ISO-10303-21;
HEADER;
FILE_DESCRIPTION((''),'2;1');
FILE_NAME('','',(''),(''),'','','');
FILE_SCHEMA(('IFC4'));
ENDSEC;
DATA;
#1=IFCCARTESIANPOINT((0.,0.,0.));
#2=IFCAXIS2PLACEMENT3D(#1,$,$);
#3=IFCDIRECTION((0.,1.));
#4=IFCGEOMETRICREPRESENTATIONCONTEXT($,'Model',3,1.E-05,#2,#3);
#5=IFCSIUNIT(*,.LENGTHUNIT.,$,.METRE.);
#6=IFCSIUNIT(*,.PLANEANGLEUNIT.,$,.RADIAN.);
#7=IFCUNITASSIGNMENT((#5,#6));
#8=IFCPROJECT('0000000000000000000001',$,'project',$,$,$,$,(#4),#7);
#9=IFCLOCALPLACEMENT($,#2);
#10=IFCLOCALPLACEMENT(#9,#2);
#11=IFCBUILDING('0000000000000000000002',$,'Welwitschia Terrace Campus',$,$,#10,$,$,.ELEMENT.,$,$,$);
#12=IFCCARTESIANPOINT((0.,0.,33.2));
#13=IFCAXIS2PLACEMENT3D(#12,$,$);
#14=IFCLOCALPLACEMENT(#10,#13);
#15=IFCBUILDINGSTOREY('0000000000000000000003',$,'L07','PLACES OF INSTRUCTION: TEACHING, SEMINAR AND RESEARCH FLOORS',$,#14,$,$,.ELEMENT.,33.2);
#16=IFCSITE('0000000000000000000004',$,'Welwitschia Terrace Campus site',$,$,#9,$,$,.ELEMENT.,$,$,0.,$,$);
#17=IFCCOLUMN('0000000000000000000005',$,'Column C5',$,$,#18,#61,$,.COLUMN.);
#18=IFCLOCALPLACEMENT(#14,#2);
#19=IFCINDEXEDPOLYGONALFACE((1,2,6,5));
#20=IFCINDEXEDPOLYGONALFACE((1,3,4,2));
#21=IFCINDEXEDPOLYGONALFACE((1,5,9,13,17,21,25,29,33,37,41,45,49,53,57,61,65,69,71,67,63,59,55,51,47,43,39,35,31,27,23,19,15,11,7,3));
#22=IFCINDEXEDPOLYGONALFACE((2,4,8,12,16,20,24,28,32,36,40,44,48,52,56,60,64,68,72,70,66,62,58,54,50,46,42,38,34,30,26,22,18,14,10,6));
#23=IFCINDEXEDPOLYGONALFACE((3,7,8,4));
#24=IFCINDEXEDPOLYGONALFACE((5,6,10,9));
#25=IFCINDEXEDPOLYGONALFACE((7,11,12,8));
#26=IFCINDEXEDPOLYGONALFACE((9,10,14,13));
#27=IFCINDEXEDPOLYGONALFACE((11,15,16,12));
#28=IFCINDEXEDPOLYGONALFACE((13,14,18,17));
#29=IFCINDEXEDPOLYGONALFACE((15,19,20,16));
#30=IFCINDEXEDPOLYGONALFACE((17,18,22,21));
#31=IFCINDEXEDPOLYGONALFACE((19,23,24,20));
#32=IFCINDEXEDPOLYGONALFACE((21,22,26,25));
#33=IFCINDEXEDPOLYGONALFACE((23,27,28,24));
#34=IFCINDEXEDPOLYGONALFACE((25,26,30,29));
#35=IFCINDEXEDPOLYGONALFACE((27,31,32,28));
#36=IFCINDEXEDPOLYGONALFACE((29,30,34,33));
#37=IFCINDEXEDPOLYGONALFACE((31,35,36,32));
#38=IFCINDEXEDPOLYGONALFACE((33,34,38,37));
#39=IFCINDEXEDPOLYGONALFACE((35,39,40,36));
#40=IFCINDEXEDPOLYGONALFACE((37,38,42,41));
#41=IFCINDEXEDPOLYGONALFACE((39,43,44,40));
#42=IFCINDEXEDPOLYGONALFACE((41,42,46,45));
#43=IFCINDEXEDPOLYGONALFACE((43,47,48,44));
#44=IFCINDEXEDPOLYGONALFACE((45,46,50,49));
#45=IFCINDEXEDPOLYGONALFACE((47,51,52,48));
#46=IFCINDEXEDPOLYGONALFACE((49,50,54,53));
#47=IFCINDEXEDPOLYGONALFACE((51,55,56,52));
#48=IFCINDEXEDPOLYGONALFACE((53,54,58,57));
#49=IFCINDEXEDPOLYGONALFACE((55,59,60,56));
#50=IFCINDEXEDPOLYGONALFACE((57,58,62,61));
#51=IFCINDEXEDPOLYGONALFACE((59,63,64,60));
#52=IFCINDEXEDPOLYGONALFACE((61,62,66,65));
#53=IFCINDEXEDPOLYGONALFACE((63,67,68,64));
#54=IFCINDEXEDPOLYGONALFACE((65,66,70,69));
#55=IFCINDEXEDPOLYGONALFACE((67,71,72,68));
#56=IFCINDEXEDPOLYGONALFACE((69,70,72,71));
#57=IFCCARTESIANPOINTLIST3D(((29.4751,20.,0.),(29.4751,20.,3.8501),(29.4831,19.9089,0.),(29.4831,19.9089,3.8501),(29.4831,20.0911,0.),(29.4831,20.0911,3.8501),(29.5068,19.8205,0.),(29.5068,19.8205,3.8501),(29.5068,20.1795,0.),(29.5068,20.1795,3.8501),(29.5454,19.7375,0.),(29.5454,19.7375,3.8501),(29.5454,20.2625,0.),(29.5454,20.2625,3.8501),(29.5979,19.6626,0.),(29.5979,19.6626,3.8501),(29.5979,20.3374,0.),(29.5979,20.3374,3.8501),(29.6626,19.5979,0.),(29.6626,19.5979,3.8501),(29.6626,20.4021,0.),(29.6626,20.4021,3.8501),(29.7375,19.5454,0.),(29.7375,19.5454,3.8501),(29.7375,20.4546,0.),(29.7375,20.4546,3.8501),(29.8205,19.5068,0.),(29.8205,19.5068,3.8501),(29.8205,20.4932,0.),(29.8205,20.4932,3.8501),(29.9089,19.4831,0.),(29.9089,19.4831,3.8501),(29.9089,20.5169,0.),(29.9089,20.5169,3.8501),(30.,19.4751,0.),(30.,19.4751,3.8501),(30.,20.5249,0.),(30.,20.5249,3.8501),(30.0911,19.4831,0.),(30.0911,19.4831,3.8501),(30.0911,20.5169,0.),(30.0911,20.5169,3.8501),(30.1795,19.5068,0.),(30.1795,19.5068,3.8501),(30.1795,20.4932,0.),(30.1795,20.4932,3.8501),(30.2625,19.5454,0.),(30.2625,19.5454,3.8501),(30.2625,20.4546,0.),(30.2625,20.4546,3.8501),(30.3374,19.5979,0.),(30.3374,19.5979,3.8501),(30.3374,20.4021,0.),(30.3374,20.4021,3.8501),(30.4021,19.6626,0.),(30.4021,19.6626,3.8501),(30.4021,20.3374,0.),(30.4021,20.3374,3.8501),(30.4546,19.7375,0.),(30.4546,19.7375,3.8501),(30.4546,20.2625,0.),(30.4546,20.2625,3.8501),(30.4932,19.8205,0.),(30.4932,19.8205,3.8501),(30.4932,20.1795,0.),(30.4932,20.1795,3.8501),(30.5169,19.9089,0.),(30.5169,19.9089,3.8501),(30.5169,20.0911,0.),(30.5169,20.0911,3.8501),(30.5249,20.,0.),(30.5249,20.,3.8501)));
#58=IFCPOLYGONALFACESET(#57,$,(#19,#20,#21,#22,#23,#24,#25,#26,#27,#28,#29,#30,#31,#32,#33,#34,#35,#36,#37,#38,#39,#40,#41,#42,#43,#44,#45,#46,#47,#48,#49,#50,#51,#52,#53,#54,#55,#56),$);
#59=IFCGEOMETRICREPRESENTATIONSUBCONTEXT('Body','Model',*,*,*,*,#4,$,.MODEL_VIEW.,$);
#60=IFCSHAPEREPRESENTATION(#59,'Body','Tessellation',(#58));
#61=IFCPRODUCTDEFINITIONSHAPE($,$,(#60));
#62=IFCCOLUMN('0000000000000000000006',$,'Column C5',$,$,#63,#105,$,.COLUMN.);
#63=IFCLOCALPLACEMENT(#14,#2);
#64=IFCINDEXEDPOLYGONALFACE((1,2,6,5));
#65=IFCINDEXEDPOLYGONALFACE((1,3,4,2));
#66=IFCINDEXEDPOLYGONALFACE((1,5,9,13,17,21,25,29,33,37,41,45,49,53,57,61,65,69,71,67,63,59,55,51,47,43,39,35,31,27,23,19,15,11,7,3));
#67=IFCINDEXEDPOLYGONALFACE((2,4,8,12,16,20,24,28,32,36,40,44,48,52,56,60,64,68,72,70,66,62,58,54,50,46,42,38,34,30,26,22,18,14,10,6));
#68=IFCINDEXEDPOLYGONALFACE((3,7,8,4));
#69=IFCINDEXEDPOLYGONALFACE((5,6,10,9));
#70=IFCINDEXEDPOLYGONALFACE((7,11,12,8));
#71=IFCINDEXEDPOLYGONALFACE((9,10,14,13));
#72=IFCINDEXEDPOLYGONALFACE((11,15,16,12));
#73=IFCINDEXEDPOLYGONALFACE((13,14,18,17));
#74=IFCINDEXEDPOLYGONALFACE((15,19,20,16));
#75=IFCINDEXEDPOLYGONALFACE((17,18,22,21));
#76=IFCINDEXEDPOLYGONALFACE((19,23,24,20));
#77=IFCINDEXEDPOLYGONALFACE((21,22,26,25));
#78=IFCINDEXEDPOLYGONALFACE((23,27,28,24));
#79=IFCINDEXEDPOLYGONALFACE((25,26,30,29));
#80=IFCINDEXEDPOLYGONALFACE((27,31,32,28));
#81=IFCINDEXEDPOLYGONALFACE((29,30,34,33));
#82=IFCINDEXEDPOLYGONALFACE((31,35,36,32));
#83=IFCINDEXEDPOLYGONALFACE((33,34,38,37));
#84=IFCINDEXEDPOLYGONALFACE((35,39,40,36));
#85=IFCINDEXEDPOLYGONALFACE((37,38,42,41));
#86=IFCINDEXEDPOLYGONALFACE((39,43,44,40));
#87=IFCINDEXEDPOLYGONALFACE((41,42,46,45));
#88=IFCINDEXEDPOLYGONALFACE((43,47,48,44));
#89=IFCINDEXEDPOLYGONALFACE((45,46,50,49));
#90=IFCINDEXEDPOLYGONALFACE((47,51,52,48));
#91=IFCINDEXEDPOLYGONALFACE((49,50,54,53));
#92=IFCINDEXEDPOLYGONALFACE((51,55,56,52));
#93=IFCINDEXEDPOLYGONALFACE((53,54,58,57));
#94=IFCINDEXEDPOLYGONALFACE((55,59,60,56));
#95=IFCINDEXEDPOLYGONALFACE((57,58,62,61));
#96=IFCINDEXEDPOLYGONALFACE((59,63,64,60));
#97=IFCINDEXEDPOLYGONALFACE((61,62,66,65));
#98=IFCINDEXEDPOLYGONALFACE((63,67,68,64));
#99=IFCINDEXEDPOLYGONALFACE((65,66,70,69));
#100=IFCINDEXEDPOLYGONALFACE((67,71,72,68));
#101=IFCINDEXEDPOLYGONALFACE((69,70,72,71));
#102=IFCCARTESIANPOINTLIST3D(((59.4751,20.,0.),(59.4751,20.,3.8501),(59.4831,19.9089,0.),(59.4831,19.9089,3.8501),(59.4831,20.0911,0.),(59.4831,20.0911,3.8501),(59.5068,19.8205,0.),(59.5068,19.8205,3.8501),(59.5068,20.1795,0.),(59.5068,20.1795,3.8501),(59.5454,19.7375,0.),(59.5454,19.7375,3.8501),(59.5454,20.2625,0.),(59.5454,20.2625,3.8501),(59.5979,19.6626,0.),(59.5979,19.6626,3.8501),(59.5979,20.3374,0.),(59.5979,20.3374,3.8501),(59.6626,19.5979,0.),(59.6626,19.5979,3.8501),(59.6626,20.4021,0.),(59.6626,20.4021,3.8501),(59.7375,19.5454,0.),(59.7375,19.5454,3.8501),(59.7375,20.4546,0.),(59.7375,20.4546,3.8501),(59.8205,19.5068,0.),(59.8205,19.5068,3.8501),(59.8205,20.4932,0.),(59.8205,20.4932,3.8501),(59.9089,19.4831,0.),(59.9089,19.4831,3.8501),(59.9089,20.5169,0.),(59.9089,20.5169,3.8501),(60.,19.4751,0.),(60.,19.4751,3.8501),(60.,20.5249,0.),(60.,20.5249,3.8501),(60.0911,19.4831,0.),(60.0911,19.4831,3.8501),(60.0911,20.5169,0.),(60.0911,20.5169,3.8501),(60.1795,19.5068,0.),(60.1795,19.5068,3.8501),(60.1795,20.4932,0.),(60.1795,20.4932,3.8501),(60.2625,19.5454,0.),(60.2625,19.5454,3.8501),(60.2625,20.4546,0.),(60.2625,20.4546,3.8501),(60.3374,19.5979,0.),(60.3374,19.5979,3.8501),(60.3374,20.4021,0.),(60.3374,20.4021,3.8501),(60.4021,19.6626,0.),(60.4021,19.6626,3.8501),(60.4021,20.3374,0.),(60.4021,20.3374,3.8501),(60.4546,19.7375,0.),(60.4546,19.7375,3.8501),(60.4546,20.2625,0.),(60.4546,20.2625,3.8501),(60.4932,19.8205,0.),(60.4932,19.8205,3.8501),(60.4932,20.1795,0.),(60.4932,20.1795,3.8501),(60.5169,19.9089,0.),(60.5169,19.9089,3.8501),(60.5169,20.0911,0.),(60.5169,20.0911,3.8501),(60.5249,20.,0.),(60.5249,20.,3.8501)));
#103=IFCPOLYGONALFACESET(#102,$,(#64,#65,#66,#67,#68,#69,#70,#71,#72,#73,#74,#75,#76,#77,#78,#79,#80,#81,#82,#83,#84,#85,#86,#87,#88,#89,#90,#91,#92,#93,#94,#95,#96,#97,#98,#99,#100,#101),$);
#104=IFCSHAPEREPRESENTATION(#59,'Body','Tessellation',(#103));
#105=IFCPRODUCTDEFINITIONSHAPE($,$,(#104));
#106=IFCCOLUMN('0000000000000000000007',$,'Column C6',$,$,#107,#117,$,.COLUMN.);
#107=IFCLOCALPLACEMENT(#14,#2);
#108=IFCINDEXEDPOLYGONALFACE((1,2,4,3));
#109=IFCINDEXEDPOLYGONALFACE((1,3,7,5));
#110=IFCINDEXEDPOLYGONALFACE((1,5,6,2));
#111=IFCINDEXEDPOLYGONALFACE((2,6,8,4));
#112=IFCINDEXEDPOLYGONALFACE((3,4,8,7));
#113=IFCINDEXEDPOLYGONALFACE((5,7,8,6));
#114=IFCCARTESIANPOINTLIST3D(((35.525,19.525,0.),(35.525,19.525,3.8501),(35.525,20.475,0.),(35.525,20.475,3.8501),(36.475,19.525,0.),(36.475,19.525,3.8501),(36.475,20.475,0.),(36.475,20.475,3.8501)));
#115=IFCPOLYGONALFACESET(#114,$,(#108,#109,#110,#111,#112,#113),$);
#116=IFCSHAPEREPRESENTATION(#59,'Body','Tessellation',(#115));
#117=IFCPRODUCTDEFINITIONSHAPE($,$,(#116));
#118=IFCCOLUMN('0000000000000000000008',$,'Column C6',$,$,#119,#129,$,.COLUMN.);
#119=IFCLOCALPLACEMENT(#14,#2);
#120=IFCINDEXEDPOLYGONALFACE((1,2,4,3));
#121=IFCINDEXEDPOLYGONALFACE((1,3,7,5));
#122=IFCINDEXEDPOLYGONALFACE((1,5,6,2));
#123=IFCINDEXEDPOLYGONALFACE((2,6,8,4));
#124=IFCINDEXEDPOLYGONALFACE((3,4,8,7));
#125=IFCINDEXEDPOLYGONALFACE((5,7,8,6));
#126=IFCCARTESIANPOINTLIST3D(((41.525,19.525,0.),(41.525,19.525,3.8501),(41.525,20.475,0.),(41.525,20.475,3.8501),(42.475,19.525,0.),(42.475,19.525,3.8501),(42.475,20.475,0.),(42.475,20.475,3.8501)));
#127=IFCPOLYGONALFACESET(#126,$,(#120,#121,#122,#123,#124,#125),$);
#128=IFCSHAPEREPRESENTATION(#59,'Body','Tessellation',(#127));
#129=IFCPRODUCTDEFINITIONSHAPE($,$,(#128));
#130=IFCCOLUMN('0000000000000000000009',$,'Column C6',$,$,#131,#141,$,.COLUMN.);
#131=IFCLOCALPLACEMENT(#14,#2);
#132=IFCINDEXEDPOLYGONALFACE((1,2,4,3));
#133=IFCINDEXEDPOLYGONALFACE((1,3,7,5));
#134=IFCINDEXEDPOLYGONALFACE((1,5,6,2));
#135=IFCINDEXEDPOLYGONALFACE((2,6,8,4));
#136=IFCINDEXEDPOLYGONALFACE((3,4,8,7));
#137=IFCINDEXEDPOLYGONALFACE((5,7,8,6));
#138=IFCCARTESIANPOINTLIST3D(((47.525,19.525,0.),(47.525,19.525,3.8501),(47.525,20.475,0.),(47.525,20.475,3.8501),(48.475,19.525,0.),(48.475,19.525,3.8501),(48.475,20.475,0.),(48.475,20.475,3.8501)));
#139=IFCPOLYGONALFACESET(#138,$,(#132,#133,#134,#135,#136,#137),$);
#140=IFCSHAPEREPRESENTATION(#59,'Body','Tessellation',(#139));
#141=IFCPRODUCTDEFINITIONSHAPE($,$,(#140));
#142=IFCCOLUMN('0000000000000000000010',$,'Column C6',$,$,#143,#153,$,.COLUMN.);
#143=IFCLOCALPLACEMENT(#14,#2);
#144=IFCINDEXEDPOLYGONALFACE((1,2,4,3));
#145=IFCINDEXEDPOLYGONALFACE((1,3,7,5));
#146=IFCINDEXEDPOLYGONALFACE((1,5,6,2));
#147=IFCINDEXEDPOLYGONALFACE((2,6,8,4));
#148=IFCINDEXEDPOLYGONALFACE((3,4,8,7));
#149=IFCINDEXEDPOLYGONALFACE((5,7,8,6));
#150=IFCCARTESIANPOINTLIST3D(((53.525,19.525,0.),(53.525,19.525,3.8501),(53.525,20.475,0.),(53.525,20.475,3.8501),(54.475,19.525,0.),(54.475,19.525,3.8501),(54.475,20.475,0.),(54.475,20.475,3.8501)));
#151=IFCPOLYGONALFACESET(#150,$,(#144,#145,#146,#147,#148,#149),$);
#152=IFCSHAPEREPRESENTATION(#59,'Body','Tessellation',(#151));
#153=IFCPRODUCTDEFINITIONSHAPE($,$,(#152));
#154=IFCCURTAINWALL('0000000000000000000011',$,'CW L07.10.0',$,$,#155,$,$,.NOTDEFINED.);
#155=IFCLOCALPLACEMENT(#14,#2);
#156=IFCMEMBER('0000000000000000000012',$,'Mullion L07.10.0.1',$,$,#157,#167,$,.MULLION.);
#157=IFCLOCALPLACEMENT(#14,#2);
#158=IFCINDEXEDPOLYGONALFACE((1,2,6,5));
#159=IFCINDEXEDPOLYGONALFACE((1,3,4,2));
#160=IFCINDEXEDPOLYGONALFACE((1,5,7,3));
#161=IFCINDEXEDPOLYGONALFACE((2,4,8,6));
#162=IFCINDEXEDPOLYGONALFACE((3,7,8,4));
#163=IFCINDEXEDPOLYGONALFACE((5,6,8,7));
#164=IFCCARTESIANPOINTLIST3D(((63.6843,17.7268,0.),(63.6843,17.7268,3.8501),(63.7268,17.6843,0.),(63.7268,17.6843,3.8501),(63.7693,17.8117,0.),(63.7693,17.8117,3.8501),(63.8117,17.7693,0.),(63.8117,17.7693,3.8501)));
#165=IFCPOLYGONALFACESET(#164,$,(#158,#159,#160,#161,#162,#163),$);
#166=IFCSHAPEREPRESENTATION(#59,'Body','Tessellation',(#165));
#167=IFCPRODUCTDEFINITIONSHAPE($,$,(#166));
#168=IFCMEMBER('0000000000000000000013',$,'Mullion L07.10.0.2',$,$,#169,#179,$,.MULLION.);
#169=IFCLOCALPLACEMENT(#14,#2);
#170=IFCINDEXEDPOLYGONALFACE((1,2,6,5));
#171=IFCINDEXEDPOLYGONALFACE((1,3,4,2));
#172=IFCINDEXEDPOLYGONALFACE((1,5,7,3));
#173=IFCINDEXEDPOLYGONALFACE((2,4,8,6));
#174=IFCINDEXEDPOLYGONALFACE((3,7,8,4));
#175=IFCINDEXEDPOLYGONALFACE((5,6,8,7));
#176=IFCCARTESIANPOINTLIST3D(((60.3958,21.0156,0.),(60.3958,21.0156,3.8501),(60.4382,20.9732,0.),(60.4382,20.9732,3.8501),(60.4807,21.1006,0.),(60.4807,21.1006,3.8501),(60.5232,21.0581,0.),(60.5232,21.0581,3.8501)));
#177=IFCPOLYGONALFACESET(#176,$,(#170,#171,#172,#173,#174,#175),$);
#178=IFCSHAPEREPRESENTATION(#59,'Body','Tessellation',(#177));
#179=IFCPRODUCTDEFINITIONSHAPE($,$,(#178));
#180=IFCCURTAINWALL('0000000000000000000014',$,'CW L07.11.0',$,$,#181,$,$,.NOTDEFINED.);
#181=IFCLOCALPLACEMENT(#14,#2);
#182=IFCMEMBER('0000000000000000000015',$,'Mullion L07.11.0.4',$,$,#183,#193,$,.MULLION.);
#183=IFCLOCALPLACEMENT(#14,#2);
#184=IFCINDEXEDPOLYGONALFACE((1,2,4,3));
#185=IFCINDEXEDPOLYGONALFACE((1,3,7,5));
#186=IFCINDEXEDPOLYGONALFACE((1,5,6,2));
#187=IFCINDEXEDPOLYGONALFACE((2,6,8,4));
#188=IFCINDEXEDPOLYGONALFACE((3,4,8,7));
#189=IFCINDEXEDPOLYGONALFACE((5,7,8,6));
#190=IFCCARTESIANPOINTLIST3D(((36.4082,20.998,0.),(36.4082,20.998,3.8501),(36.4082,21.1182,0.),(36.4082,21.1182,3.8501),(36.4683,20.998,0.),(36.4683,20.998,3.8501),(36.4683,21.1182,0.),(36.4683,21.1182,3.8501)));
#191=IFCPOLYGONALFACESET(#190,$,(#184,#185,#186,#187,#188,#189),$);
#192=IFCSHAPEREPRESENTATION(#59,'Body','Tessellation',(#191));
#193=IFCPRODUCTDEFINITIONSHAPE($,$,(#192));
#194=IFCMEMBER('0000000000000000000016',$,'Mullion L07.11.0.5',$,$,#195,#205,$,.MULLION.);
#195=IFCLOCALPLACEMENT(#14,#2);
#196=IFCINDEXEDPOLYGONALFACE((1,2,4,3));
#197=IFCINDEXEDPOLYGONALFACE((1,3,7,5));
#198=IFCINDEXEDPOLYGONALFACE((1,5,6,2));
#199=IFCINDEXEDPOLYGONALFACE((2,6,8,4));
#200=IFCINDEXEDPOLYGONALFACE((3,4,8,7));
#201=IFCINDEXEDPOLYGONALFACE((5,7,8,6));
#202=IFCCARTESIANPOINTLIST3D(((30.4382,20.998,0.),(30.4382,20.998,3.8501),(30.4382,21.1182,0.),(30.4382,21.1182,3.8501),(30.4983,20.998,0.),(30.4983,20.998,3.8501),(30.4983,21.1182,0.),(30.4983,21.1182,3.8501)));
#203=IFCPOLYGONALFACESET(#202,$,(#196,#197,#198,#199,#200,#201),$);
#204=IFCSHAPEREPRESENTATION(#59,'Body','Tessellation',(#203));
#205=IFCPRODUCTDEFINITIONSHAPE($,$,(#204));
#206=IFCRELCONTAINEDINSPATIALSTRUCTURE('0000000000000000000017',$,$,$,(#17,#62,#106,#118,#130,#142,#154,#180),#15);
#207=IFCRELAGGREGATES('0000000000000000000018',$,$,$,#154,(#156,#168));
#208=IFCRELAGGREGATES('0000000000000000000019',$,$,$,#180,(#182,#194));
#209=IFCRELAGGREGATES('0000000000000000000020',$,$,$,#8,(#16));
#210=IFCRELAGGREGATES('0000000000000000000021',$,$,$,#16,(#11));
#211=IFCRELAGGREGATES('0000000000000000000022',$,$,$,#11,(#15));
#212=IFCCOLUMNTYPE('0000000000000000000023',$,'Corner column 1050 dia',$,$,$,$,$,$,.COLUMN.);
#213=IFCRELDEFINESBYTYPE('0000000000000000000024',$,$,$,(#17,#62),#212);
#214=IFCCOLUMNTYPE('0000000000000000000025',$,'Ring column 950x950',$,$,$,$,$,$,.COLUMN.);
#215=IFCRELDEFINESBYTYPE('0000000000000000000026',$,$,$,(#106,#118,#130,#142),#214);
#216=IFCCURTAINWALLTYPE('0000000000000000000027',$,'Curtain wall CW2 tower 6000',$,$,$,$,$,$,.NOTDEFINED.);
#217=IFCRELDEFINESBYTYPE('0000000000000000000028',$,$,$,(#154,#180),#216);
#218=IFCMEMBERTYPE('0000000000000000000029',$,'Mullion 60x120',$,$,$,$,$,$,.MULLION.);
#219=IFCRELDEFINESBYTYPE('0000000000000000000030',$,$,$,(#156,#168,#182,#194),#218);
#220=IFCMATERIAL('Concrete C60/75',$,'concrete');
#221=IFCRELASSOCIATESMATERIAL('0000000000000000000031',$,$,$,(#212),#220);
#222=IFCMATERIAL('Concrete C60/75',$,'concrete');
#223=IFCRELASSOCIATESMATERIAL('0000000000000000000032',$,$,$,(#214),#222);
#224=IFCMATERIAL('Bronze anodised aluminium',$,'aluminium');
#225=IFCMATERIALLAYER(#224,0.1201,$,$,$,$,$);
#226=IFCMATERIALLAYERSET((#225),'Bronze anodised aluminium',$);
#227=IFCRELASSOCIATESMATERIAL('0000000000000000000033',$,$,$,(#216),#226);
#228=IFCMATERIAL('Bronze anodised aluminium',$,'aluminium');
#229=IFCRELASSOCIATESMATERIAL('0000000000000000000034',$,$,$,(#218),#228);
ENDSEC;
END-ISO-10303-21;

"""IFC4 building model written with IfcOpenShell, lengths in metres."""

from ifc_helpers import new_model, si_unit, direction, frame, origin, origin_2d, place, context, subcontext, project, spatial, rectangle, circle, extrude, material, layer, layer_set, material_profile, profile_set, type_object, element, aggregate, save


model = new_model("IFC4")

# Units and contexts
model_context = context("Model", 3, precision=1e-05, world=origin(), true_north=direction((0.0, 1.0)))
body_context = subcontext(model_context, "Body", "Model", "MODEL_VIEW")
ifc_project = project(units=[si_unit("LENGTHUNIT", "METRE"), si_unit("PLANEANGLEUNIT", "RADIAN")], contexts=[model_context])

# Site, building, storey
site_placement = place(None, origin())
site = spatial("IfcSite", under=ifc_project, at=site_placement, Name="Welwitschia Terrace Campus site", CompositionType="ELEMENT", RefElevation=0.0)
building_placement = place(site_placement, origin())
building = spatial("IfcBuilding", under=site, at=building_placement, Name="Welwitschia Terrace Campus", CompositionType="ELEMENT")
storey_placement = place(building_placement, frame((0.0, 0.0, 33.2)))
storey = spatial("IfcBuildingStorey", under=building, at=storey_placement, Name="L07", Description="PLACES OF INSTRUCTION: TEACHING, SEMINAR AND RESEARCH FLOORS", CompositionType="ELEMENT", Elevation=33.2)

# Columns
ifc_material_1 = material(Name="Concrete C60/75", Category="concrete")
ifc_material_profile_1 = material_profile(ifc_material_1, circle(Radius=0.5249, at=origin_2d()))
ifc_profile_set_1 = profile_set([ifc_material_profile_1], Name="Concrete C60/75")
column_type_1 = type_object("IfcColumnType", Name="Corner column 1050 dia", PredefinedType="COLUMN", material=ifc_profile_set_1)
for number, where, z_axis, x_axis, name in (
    (1, (30.0, 20.0, 0.0), (0.0, 0.0, 1.0), (1.0, 0.0, 0.0), "Column C5"),
    (2, (60.0, 20.0, 0.0), (0.0, 0.0, 1.0), (1.0, 0.0, 0.0), "Column C5"),
):
    element("IfcColumn", number, at=place(storey_placement, frame(where, z_axis=z_axis, x_axis=x_axis)), inside=storey, type_object=column_type_1, Name=name, PredefinedType="COLUMN", context=body_context, shape_type="SweptSolid", body=[
        extrude(circle(Radius=0.5249, at=origin_2d()), origin(), (0.0, 0.0, 1.0), 3.8501),
    ])
ifc_material_2 = material(Name="Concrete C60/75", Category="concrete")
ifc_material_profile_2 = material_profile(ifc_material_2, rectangle(XDim=0.95, YDim=0.95, at=origin_2d()))
ifc_profile_set_2 = profile_set([ifc_material_profile_2], Name="Concrete C60/75")
column_type_2 = type_object("IfcColumnType", Name="Ring column 950x950", PredefinedType="COLUMN", material=ifc_profile_set_2)
for number, where, z_axis, x_axis, name in (
    (3, (36.0, 20.0, 0.0), (0.0, 0.0, 1.0), (1.0, 0.0, 0.0), "Column C6"),
    (4, (42.0, 20.0, 0.0), (0.0, 0.0, 1.0), (1.0, 0.0, 0.0), "Column C6"),
    (5, (48.0, 20.0, 0.0), (0.0, 0.0, 1.0), (1.0, 0.0, 0.0), "Column C6"),
    (6, (54.0, 20.0, 0.0), (0.0, 0.0, 1.0), (1.0, 0.0, 0.0), "Column C6"),
):
    element("IfcColumn", number, at=place(storey_placement, frame(where, z_axis=z_axis, x_axis=x_axis)), inside=storey, type_object=column_type_2, Name=name, PredefinedType="COLUMN", context=body_context, shape_type="SweptSolid", body=[
        extrude(rectangle(XDim=0.95, YDim=0.95, at=origin_2d()), origin(), (0.0, 0.0, 1.0), 3.8501),
    ])

# Curtain walls, members
ifc_material_3 = material(Name="Bronze anodised aluminium", Category="aluminium")
ifc_layer_1 = layer(ifc_material_3, 0.1201)
ifc_layer_set_1 = layer_set([ifc_layer_1], Name="Bronze anodised aluminium")
curtain_wall_type = type_object("IfcCurtainWallType", Name="Curtain wall CW2 tower 6000", PredefinedType="NOTDEFINED", material=ifc_layer_set_1)
curtain_wall_1_placement = place(storey_placement, origin())
curtain_wall_1 = element("IfcCurtainWall", 7, at=curtain_wall_1_placement, inside=storey, type_object=curtain_wall_type, Name="CW L07.10.0", PredefinedType="NOTDEFINED")
ifc_material_4 = material(Name="Bronze anodised aluminium", Category="aluminium")
ifc_material_profile_3 = material_profile(ifc_material_4, rectangle(XDim=0.1201, YDim=0.0601, at=origin_2d()))
ifc_profile_set_3 = profile_set([ifc_material_profile_3], Name="Bronze anodised aluminium")
member_type_1 = type_object("IfcMemberType", Name="Mullion 60x120", PredefinedType="MULLION", material=ifc_profile_set_3)
member_1_placement = place(storey_placement, frame((63.748, 17.748, 0.0), z_axis=(0.0, 0.0, 1.0), x_axis=(-0.707107, -0.707107, 0.0)))
member_1 = element("IfcMember", 8, at=member_1_placement, type_object=member_type_1, Name="Mullion L07.10.0.1", PredefinedType="MULLION", context=body_context, shape_type="SweptSolid", body=[
    extrude(rectangle(XDim=0.1201, YDim=0.0601, at=origin_2d()), origin(), (0.0, 0.0, 1.0), 3.8501),
])
member_2_placement = place(storey_placement, frame((60.4595, 21.0369, 0.0), z_axis=(0.0, 0.0, 1.0), x_axis=(-0.707107, -0.707107, 0.0)))
member_2 = element("IfcMember", 9, at=member_2_placement, type_object=member_type_1, Name="Mullion L07.10.0.2", PredefinedType="MULLION", context=body_context, shape_type="SweptSolid", body=[
    extrude(rectangle(XDim=0.1201, YDim=0.0601, at=origin_2d()), origin(), (0.0, 0.0, 1.0), 3.8501),
])
curtain_wall_2_placement = place(storey_placement, origin())
curtain_wall_2 = element("IfcCurtainWall", 10, at=curtain_wall_2_placement, inside=storey, type_object=curtain_wall_type, Name="CW L07.11.0", PredefinedType="NOTDEFINED")
member_3_placement = place(storey_placement, frame((36.4382, 21.0581, 0.0), z_axis=(0.0, 0.0, 1.0), x_axis=(0.0, -1.0, 0.0)))
member_3 = element("IfcMember", 11, at=member_3_placement, type_object=member_type_1, Name="Mullion L07.11.0.4", PredefinedType="MULLION", context=body_context, shape_type="SweptSolid", body=[
    extrude(rectangle(XDim=0.1201, YDim=0.0601, at=origin_2d()), origin(), (0.0, 0.0, 1.0), 3.8501),
])
member_4_placement = place(storey_placement, frame((30.4683, 21.0581, 0.0), z_axis=(0.0, 0.0, 1.0), x_axis=(0.0, -1.0, 0.0)))
member_4 = element("IfcMember", 12, at=member_4_placement, type_object=member_type_1, Name="Mullion L07.11.0.5", PredefinedType="MULLION", context=body_context, shape_type="SweptSolid", body=[
    extrude(rectangle(XDim=0.1201, YDim=0.0601, at=origin_2d()), origin(), (0.0, 0.0, 1.0), 3.8501),
])

aggregate(curtain_wall_1, [member_1, member_2])
aggregate(curtain_wall_2, [member_3, member_4])

save(model, "model.ifc")
